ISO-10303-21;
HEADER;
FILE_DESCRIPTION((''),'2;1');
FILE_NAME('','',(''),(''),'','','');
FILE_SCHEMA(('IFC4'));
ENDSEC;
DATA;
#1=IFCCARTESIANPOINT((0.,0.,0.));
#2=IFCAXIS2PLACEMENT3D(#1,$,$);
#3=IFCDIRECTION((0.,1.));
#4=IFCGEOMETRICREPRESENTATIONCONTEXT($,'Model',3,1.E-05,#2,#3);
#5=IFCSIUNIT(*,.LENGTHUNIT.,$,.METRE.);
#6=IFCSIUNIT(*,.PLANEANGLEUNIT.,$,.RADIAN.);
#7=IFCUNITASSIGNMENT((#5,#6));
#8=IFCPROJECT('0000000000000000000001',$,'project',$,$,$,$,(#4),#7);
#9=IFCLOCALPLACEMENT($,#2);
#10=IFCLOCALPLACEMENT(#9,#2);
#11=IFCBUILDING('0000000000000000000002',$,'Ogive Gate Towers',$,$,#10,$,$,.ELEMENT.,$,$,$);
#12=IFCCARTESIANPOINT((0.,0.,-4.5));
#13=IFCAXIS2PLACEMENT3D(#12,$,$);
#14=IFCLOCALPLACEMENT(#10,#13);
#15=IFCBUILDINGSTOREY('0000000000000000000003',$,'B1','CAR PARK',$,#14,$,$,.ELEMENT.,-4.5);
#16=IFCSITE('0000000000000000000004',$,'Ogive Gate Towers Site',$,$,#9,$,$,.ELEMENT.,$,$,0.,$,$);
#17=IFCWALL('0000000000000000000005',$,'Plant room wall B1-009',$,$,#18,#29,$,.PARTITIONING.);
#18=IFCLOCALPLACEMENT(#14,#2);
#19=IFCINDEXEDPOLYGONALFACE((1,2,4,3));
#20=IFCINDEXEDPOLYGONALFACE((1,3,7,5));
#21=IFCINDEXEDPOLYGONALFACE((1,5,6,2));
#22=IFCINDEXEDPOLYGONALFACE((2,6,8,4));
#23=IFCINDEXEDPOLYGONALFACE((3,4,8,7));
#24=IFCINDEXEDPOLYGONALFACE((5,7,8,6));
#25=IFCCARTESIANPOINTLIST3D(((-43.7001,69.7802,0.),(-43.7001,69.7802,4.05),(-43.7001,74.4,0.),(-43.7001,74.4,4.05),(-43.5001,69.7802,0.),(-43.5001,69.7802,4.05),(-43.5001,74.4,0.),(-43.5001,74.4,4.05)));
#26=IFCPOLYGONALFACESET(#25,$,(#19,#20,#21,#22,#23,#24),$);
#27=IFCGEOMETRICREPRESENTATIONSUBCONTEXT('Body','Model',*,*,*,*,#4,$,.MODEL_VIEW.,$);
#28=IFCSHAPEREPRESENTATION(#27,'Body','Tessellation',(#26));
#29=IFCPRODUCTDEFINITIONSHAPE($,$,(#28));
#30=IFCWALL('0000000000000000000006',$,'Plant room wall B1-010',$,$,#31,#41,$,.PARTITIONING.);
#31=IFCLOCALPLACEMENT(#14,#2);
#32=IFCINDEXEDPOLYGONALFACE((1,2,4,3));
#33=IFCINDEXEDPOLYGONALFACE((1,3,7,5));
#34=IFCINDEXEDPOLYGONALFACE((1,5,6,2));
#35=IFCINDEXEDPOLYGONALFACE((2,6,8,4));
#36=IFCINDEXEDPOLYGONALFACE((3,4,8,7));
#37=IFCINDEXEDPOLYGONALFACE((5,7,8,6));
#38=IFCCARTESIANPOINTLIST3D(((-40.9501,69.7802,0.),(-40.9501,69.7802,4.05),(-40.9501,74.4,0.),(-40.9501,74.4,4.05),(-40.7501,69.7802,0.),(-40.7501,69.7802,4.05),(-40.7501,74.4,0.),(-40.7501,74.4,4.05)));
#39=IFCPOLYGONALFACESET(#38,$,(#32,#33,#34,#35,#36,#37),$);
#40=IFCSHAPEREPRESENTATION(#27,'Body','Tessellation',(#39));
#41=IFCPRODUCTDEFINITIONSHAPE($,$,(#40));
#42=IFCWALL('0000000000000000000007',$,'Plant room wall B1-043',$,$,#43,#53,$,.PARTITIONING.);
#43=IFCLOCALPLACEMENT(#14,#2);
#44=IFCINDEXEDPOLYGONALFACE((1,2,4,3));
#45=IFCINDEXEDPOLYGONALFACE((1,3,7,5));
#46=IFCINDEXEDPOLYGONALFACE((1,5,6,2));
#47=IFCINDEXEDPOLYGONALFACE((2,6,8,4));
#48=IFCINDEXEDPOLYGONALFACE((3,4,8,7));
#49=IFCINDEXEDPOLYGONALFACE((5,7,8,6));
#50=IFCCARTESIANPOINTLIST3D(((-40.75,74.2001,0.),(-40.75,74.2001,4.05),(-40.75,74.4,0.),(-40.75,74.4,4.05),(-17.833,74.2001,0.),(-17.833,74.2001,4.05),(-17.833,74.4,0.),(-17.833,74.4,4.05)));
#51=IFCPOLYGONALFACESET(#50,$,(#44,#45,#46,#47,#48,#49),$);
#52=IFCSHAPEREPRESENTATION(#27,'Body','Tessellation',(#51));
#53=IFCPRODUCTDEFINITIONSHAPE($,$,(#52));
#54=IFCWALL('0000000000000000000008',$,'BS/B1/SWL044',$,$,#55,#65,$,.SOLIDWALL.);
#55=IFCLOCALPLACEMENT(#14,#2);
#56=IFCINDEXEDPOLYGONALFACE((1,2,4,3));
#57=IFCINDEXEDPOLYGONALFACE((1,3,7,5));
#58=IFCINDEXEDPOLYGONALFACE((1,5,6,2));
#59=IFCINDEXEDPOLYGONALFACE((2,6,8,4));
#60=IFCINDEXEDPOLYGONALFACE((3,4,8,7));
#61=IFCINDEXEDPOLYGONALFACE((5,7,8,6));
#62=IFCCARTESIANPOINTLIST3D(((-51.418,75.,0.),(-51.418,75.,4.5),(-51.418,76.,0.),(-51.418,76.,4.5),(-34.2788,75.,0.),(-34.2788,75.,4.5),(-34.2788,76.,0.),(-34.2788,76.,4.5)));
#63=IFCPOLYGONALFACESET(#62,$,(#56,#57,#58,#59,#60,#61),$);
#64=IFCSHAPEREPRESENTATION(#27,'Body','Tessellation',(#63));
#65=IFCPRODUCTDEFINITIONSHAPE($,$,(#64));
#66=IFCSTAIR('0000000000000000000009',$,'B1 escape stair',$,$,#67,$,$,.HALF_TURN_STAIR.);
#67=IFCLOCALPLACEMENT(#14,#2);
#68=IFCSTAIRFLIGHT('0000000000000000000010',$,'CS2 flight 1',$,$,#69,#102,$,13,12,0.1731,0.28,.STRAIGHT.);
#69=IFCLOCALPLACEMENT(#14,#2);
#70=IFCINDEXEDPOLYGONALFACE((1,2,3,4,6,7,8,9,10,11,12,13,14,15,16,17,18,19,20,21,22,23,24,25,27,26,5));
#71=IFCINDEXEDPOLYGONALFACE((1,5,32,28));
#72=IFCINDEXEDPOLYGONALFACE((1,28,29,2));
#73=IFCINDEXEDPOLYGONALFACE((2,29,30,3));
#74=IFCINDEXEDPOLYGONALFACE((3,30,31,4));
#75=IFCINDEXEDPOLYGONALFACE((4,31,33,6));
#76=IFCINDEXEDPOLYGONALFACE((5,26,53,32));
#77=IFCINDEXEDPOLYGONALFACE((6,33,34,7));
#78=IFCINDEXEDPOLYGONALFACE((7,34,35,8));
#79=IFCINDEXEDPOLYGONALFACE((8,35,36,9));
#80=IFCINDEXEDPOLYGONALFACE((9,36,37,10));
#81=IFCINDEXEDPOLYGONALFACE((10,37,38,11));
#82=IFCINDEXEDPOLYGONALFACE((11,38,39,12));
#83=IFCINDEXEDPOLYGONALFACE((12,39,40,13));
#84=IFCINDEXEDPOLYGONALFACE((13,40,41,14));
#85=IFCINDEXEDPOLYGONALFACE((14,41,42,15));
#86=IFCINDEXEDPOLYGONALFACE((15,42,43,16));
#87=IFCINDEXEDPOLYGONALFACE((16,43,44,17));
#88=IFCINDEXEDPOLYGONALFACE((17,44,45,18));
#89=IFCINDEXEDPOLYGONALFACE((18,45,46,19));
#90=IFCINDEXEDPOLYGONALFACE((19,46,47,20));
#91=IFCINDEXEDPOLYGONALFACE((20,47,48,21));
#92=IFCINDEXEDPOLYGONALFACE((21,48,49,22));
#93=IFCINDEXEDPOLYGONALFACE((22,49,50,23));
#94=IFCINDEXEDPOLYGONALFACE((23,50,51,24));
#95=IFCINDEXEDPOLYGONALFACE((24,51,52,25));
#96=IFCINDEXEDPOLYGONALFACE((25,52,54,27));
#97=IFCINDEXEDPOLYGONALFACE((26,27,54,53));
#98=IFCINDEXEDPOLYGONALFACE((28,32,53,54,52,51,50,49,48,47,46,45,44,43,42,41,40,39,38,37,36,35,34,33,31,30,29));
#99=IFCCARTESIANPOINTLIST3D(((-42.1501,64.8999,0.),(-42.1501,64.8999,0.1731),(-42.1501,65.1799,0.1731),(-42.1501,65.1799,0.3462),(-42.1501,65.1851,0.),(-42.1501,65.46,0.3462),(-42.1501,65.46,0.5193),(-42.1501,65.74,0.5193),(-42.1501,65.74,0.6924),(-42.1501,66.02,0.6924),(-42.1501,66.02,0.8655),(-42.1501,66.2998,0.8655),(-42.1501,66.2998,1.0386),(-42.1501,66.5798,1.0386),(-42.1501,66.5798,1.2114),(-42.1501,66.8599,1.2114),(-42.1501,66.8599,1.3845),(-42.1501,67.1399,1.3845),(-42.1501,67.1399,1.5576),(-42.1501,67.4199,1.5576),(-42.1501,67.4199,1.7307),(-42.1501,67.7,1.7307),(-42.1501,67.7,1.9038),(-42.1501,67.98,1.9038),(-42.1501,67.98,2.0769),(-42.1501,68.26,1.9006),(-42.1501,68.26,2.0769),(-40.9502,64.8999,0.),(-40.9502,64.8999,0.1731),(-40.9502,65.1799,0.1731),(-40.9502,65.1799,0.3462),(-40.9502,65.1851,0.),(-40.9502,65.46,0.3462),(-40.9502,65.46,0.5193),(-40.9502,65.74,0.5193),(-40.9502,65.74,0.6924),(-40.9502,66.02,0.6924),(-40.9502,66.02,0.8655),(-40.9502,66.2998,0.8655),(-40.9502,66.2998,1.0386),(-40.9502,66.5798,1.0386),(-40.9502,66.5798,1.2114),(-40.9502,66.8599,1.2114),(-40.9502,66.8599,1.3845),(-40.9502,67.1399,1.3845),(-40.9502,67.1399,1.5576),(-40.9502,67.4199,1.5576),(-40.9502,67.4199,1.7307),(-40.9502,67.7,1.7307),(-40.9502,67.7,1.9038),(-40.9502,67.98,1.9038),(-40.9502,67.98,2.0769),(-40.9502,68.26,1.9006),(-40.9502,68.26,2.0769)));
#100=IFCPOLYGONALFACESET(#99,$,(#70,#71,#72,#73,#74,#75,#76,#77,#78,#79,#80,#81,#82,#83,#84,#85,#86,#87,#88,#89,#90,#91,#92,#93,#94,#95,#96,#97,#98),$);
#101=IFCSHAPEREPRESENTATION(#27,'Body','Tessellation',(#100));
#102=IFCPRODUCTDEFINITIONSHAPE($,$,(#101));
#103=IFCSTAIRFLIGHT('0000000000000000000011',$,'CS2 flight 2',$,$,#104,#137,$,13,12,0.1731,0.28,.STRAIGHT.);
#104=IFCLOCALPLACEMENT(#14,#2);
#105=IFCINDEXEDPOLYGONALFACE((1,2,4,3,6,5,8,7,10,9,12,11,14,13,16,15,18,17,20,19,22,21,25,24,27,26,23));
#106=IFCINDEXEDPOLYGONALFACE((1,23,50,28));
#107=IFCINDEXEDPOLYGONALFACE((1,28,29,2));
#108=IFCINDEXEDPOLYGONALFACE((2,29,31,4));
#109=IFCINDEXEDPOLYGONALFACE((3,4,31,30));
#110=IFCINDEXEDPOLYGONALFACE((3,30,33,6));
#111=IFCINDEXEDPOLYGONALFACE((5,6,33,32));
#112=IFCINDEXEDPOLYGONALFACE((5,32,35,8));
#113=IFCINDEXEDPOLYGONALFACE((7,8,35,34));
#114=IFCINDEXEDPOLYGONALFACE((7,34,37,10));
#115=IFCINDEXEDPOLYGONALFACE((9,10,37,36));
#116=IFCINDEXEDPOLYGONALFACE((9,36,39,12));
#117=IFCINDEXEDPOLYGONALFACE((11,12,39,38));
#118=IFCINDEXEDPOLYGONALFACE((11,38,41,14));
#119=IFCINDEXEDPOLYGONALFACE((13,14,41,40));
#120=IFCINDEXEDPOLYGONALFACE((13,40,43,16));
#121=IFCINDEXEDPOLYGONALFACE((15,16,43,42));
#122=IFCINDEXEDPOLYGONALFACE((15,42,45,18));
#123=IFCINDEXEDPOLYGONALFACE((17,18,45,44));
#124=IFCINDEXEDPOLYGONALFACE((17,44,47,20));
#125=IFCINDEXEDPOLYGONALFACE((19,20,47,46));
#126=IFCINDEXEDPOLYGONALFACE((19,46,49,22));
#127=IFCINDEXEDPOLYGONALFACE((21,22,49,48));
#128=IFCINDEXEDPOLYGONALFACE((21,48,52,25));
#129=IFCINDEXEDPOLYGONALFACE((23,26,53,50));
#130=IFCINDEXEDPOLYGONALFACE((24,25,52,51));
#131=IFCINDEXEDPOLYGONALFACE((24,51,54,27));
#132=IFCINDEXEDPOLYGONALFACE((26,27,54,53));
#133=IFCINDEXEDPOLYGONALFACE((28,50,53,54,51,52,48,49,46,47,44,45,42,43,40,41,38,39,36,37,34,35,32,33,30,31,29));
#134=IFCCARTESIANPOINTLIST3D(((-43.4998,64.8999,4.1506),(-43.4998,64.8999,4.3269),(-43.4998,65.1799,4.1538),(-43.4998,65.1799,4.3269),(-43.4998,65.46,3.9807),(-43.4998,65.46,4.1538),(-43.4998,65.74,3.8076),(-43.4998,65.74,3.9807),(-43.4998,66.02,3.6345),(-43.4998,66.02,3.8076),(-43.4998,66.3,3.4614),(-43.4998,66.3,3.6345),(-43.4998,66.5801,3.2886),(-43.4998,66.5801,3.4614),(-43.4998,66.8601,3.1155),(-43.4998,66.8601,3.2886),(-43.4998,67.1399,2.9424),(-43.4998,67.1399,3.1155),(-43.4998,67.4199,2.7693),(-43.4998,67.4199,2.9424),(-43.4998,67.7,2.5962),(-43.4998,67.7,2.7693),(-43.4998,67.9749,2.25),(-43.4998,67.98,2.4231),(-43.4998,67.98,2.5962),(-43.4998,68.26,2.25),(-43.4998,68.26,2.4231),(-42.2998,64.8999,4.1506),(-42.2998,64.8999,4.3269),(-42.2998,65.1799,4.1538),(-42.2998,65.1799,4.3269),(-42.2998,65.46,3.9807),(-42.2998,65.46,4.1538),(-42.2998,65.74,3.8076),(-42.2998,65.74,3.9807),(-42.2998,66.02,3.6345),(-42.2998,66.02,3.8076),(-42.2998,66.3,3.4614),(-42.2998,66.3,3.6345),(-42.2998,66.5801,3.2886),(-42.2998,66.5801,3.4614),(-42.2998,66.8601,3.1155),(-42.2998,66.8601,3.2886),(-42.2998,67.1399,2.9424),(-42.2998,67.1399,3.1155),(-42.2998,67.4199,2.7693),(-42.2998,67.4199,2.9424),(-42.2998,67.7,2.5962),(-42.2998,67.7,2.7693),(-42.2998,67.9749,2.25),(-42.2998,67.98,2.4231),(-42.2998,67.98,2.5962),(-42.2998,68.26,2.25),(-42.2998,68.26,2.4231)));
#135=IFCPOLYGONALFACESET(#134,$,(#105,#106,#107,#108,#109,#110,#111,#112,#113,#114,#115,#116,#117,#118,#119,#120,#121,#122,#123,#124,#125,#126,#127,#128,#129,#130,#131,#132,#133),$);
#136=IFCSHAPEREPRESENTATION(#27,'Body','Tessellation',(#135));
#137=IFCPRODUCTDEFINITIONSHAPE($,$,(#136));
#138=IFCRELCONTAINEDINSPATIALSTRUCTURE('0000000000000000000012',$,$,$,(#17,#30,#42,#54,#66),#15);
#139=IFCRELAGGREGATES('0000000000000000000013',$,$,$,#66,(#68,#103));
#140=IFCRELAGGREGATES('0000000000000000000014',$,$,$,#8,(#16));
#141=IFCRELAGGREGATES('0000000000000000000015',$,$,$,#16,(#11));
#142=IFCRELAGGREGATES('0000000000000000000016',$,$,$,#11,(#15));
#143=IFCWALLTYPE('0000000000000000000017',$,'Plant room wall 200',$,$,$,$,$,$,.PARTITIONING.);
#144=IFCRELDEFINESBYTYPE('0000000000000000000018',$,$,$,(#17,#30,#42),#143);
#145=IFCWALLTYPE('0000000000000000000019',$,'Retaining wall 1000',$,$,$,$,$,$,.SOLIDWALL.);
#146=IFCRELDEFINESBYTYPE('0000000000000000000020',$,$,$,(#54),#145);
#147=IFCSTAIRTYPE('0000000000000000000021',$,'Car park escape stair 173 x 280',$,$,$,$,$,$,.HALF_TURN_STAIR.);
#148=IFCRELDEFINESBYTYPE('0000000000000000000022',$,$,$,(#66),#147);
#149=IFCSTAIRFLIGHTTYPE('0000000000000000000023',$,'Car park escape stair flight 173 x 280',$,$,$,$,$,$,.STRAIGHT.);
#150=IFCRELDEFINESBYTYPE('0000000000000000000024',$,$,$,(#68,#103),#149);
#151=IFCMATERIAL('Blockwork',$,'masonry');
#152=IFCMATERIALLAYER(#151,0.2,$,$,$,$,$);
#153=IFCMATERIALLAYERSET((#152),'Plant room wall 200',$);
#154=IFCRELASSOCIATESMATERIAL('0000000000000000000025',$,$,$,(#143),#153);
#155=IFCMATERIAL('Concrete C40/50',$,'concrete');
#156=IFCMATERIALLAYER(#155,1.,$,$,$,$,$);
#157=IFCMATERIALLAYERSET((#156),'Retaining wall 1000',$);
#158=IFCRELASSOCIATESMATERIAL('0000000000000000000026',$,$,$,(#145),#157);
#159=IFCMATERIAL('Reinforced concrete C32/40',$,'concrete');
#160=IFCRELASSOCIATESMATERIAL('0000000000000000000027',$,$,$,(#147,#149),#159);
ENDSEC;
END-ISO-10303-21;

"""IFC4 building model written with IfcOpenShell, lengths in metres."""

from ifc_helpers import new_model, si_unit, direction, frame, frame_2d, origin, place, context, subcontext, project, spatial, polyline, rectangle, outline, extrude, material, layer, layer_set, type_object, element, aggregate, save


model = new_model("IFC4")

# Units and contexts
model_context = context("Model", 3, precision=1e-05, world=origin(), true_north=direction((0.0, 1.0)))
body_context = subcontext(model_context, "Body", "Model", "MODEL_VIEW")
ifc_project = project(units=[si_unit("LENGTHUNIT", "METRE"), si_unit("PLANEANGLEUNIT", "RADIAN")], contexts=[model_context])

# Site, building, storey
site_placement = place(None, origin())
site = spatial("IfcSite", under=ifc_project, at=site_placement, Name="Ogive Gate Towers Site", CompositionType="ELEMENT", RefElevation=0.0)
building_placement = place(site_placement, origin())
building = spatial("IfcBuilding", under=site, at=building_placement, Name="Ogive Gate Towers", CompositionType="ELEMENT")
storey_placement = place(building_placement, frame((0.0, 0.0, -4.5)))
storey = spatial("IfcBuildingStorey", under=building, at=storey_placement, Name="B1", Description="CAR PARK", CompositionType="ELEMENT", Elevation=-4.5)

# Shared definitions
ifc_material_1 = material(Name="Concrete C40/50", Category="concrete")

# Shared definitions
ifc_material_2 = material(Name="Reinforced concrete C32/40", Category="concrete")

# Walls
ifc_material_3 = material(Name="Blockwork", Category="masonry")
ifc_layer_1 = layer(ifc_material_3, 0.2)
ifc_layer_set_1 = layer_set([ifc_layer_1], Name="Plant room wall 200")
wall_type_1 = type_object("IfcWallType", Name="Plant room wall 200", PredefinedType="PARTITIONING", material=ifc_layer_set_1)
for number, where, z_axis, x_axis, name in (
    (1, (-43.6001, 69.78, 0.0), (0.0, 0.0, 1.0), (0.0, 1.0, 0.0), "Plant room wall B1-009"),
    (2, (-40.8501, 69.78, 0.0), (0.0, 0.0, 1.0), (0.0, 1.0, 0.0), "Plant room wall B1-010"),
):
    element("IfcWall", number, at=place(storey_placement, frame(where, z_axis=z_axis, x_axis=x_axis)), inside=storey, type_object=wall_type_1, Name=name, PredefinedType="PARTITIONING", context=body_context, shape_type="SweptSolid", body=[
        extrude(rectangle(XDim=4.6199, YDim=0.2, at=frame_2d((2.3101, 0.0))), origin(), (0.0, 0.0, 1.0), 4.05),
    ])
wall_1_placement = place(storey_placement, frame((-40.75, 74.3, 0.0), z_axis=(0.0, 0.0, 1.0), x_axis=(1.0, 0.0, 0.0)))
element("IfcWall", 3, at=wall_1_placement, inside=storey, type_object=wall_type_1, Name="Plant room wall B1-043", PredefinedType="PARTITIONING", context=body_context, shape_type="SweptSolid", body=[
    extrude(rectangle(XDim=22.917, YDim=0.2, at=frame_2d((11.4585, 0.0))), origin(), (0.0, 0.0, 1.0), 4.05),
])
ifc_layer_2 = layer(ifc_material_1, 1.0)
ifc_layer_set_2 = layer_set([ifc_layer_2], Name="Retaining wall 1000")
wall_type_2 = type_object("IfcWallType", Name="Retaining wall 1000", PredefinedType="SOLIDWALL", material=ifc_layer_set_2)
wall_2_placement = place(storey_placement, frame((-51.418, 75.5, 0.0), z_axis=(0.0, 0.0, 1.0), x_axis=(1.0, 0.0, 0.0)))
element("IfcWall", 4, at=wall_2_placement, inside=storey, type_object=wall_type_2, Name="BS/B1/SWL044", PredefinedType="SOLIDWALL", context=body_context, shape_type="SweptSolid", body=[
    extrude(rectangle(XDim=17.1392, YDim=1.0, at=frame_2d((8.5696, 0.0))), origin(), (0.0, 0.0, 1.0), 4.5),
])

# Stair, stair flights
stair_type = type_object("IfcStairType", Name="Car park escape stair 173 x 280", PredefinedType="HALF_TURN_STAIR", material=ifc_material_2)
stair_placement = place(storey_placement, origin())
stair = element("IfcStair", 5, at=stair_placement, inside=storey, type_object=stair_type, Name="B1 escape stair", PredefinedType="HALF_TURN_STAIR")
stair_flight_type = type_object("IfcStairFlightType", Name="Car park escape stair flight 173 x 280", PredefinedType="STRAIGHT", material=ifc_material_2)
stair_flight_1_placement = place(storey_placement, frame((-41.55, 64.8999, 0.0), z_axis=(0.0, 0.0, 1.0), x_axis=(0.0, 1.0, 0.0)))
stair_flight_1 = element("IfcStairFlight", 6, at=stair_flight_1_placement, type_object=stair_flight_type, Name="CS2 flight 1", NumberOfRisers=13, NumberOfTreads=12, PredefinedType="STRAIGHT", RiserHeight=0.1731, TreadLength=0.28, context=body_context, shape_type="SweptSolid", body=[
    extrude(outline(polyline([(0.0, 0.0), (0.0, 0.1731), (0.28, 0.1731), (0.28, 0.3462), (0.5601, 0.3462), (0.5601, 0.5193), (0.8401, 0.5193), (0.8401, 0.6924), (1.1201, 0.6924), (1.1201, 0.8655), (1.3999, 0.8655), (1.3999, 1.0386), (1.6799, 1.0386), (1.6799, 1.2114), (1.96, 1.2114), (1.96, 1.3845), (2.24, 1.3845), (2.24, 1.5576), (2.52, 1.5576), (2.52, 1.7307), (2.8, 1.7307), (2.8, 1.9038), (3.0801, 1.9038), (3.0801, 2.0769), (3.3601, 2.0769), (3.3601, 2.25), (3.3601, 1.9006), (0.2852, 0.0), (0.0, 0.0)])), frame((0.0, 0.6001, 0.0), z_axis=(0.0, -1.0, 0.0), x_axis=(1.0, 0.0, 0.0)), (0.0, 0.0, 1.0), 1.2),
])
stair_flight_2_placement = place(storey_placement, frame((-42.8999, 68.26, 2.25), z_axis=(0.0, 0.0, 1.0), x_axis=(0.0, -1.0, 0.0)))
stair_flight_2 = element("IfcStairFlight", 7, at=stair_flight_2_placement, type_object=stair_flight_type, Name="CS2 flight 2", NumberOfRisers=13, NumberOfTreads=12, PredefinedType="STRAIGHT", RiserHeight=0.1731, TreadLength=0.28, context=body_context, shape_type="SweptSolid", body=[
    extrude(outline(polyline([(0.0, 0.0), (0.0, 0.1731), (0.28, 0.1731), (0.28, 0.3462), (0.5601, 0.3462), (0.5601, 0.5193), (0.8401, 0.5193), (0.8401, 0.6924), (1.1201, 0.6924), (1.1201, 0.8655), (1.3999, 0.8655), (1.3999, 1.0386), (1.6799, 1.0386), (1.6799, 1.2114), (1.96, 1.2114), (1.96, 1.3845), (2.24, 1.3845), (2.24, 1.5576), (2.52, 1.5576), (2.52, 1.7307), (2.8, 1.7307), (2.8, 1.9038), (3.0801, 1.9038), (3.0801, 2.0769), (3.3601, 2.0769), (3.3601, 2.25), (3.3601, 1.9006), (0.2852, 0.0), (0.0, 0.0)])), frame((0.0, 0.6001, 0.0), z_axis=(0.0, -1.0, 0.0), x_axis=(1.0, 0.0, 0.0)), (0.0, 0.0, 1.0), 1.2),
])
aggregate(stair, [stair_flight_1, stair_flight_2])

save(model, "model.ifc")
